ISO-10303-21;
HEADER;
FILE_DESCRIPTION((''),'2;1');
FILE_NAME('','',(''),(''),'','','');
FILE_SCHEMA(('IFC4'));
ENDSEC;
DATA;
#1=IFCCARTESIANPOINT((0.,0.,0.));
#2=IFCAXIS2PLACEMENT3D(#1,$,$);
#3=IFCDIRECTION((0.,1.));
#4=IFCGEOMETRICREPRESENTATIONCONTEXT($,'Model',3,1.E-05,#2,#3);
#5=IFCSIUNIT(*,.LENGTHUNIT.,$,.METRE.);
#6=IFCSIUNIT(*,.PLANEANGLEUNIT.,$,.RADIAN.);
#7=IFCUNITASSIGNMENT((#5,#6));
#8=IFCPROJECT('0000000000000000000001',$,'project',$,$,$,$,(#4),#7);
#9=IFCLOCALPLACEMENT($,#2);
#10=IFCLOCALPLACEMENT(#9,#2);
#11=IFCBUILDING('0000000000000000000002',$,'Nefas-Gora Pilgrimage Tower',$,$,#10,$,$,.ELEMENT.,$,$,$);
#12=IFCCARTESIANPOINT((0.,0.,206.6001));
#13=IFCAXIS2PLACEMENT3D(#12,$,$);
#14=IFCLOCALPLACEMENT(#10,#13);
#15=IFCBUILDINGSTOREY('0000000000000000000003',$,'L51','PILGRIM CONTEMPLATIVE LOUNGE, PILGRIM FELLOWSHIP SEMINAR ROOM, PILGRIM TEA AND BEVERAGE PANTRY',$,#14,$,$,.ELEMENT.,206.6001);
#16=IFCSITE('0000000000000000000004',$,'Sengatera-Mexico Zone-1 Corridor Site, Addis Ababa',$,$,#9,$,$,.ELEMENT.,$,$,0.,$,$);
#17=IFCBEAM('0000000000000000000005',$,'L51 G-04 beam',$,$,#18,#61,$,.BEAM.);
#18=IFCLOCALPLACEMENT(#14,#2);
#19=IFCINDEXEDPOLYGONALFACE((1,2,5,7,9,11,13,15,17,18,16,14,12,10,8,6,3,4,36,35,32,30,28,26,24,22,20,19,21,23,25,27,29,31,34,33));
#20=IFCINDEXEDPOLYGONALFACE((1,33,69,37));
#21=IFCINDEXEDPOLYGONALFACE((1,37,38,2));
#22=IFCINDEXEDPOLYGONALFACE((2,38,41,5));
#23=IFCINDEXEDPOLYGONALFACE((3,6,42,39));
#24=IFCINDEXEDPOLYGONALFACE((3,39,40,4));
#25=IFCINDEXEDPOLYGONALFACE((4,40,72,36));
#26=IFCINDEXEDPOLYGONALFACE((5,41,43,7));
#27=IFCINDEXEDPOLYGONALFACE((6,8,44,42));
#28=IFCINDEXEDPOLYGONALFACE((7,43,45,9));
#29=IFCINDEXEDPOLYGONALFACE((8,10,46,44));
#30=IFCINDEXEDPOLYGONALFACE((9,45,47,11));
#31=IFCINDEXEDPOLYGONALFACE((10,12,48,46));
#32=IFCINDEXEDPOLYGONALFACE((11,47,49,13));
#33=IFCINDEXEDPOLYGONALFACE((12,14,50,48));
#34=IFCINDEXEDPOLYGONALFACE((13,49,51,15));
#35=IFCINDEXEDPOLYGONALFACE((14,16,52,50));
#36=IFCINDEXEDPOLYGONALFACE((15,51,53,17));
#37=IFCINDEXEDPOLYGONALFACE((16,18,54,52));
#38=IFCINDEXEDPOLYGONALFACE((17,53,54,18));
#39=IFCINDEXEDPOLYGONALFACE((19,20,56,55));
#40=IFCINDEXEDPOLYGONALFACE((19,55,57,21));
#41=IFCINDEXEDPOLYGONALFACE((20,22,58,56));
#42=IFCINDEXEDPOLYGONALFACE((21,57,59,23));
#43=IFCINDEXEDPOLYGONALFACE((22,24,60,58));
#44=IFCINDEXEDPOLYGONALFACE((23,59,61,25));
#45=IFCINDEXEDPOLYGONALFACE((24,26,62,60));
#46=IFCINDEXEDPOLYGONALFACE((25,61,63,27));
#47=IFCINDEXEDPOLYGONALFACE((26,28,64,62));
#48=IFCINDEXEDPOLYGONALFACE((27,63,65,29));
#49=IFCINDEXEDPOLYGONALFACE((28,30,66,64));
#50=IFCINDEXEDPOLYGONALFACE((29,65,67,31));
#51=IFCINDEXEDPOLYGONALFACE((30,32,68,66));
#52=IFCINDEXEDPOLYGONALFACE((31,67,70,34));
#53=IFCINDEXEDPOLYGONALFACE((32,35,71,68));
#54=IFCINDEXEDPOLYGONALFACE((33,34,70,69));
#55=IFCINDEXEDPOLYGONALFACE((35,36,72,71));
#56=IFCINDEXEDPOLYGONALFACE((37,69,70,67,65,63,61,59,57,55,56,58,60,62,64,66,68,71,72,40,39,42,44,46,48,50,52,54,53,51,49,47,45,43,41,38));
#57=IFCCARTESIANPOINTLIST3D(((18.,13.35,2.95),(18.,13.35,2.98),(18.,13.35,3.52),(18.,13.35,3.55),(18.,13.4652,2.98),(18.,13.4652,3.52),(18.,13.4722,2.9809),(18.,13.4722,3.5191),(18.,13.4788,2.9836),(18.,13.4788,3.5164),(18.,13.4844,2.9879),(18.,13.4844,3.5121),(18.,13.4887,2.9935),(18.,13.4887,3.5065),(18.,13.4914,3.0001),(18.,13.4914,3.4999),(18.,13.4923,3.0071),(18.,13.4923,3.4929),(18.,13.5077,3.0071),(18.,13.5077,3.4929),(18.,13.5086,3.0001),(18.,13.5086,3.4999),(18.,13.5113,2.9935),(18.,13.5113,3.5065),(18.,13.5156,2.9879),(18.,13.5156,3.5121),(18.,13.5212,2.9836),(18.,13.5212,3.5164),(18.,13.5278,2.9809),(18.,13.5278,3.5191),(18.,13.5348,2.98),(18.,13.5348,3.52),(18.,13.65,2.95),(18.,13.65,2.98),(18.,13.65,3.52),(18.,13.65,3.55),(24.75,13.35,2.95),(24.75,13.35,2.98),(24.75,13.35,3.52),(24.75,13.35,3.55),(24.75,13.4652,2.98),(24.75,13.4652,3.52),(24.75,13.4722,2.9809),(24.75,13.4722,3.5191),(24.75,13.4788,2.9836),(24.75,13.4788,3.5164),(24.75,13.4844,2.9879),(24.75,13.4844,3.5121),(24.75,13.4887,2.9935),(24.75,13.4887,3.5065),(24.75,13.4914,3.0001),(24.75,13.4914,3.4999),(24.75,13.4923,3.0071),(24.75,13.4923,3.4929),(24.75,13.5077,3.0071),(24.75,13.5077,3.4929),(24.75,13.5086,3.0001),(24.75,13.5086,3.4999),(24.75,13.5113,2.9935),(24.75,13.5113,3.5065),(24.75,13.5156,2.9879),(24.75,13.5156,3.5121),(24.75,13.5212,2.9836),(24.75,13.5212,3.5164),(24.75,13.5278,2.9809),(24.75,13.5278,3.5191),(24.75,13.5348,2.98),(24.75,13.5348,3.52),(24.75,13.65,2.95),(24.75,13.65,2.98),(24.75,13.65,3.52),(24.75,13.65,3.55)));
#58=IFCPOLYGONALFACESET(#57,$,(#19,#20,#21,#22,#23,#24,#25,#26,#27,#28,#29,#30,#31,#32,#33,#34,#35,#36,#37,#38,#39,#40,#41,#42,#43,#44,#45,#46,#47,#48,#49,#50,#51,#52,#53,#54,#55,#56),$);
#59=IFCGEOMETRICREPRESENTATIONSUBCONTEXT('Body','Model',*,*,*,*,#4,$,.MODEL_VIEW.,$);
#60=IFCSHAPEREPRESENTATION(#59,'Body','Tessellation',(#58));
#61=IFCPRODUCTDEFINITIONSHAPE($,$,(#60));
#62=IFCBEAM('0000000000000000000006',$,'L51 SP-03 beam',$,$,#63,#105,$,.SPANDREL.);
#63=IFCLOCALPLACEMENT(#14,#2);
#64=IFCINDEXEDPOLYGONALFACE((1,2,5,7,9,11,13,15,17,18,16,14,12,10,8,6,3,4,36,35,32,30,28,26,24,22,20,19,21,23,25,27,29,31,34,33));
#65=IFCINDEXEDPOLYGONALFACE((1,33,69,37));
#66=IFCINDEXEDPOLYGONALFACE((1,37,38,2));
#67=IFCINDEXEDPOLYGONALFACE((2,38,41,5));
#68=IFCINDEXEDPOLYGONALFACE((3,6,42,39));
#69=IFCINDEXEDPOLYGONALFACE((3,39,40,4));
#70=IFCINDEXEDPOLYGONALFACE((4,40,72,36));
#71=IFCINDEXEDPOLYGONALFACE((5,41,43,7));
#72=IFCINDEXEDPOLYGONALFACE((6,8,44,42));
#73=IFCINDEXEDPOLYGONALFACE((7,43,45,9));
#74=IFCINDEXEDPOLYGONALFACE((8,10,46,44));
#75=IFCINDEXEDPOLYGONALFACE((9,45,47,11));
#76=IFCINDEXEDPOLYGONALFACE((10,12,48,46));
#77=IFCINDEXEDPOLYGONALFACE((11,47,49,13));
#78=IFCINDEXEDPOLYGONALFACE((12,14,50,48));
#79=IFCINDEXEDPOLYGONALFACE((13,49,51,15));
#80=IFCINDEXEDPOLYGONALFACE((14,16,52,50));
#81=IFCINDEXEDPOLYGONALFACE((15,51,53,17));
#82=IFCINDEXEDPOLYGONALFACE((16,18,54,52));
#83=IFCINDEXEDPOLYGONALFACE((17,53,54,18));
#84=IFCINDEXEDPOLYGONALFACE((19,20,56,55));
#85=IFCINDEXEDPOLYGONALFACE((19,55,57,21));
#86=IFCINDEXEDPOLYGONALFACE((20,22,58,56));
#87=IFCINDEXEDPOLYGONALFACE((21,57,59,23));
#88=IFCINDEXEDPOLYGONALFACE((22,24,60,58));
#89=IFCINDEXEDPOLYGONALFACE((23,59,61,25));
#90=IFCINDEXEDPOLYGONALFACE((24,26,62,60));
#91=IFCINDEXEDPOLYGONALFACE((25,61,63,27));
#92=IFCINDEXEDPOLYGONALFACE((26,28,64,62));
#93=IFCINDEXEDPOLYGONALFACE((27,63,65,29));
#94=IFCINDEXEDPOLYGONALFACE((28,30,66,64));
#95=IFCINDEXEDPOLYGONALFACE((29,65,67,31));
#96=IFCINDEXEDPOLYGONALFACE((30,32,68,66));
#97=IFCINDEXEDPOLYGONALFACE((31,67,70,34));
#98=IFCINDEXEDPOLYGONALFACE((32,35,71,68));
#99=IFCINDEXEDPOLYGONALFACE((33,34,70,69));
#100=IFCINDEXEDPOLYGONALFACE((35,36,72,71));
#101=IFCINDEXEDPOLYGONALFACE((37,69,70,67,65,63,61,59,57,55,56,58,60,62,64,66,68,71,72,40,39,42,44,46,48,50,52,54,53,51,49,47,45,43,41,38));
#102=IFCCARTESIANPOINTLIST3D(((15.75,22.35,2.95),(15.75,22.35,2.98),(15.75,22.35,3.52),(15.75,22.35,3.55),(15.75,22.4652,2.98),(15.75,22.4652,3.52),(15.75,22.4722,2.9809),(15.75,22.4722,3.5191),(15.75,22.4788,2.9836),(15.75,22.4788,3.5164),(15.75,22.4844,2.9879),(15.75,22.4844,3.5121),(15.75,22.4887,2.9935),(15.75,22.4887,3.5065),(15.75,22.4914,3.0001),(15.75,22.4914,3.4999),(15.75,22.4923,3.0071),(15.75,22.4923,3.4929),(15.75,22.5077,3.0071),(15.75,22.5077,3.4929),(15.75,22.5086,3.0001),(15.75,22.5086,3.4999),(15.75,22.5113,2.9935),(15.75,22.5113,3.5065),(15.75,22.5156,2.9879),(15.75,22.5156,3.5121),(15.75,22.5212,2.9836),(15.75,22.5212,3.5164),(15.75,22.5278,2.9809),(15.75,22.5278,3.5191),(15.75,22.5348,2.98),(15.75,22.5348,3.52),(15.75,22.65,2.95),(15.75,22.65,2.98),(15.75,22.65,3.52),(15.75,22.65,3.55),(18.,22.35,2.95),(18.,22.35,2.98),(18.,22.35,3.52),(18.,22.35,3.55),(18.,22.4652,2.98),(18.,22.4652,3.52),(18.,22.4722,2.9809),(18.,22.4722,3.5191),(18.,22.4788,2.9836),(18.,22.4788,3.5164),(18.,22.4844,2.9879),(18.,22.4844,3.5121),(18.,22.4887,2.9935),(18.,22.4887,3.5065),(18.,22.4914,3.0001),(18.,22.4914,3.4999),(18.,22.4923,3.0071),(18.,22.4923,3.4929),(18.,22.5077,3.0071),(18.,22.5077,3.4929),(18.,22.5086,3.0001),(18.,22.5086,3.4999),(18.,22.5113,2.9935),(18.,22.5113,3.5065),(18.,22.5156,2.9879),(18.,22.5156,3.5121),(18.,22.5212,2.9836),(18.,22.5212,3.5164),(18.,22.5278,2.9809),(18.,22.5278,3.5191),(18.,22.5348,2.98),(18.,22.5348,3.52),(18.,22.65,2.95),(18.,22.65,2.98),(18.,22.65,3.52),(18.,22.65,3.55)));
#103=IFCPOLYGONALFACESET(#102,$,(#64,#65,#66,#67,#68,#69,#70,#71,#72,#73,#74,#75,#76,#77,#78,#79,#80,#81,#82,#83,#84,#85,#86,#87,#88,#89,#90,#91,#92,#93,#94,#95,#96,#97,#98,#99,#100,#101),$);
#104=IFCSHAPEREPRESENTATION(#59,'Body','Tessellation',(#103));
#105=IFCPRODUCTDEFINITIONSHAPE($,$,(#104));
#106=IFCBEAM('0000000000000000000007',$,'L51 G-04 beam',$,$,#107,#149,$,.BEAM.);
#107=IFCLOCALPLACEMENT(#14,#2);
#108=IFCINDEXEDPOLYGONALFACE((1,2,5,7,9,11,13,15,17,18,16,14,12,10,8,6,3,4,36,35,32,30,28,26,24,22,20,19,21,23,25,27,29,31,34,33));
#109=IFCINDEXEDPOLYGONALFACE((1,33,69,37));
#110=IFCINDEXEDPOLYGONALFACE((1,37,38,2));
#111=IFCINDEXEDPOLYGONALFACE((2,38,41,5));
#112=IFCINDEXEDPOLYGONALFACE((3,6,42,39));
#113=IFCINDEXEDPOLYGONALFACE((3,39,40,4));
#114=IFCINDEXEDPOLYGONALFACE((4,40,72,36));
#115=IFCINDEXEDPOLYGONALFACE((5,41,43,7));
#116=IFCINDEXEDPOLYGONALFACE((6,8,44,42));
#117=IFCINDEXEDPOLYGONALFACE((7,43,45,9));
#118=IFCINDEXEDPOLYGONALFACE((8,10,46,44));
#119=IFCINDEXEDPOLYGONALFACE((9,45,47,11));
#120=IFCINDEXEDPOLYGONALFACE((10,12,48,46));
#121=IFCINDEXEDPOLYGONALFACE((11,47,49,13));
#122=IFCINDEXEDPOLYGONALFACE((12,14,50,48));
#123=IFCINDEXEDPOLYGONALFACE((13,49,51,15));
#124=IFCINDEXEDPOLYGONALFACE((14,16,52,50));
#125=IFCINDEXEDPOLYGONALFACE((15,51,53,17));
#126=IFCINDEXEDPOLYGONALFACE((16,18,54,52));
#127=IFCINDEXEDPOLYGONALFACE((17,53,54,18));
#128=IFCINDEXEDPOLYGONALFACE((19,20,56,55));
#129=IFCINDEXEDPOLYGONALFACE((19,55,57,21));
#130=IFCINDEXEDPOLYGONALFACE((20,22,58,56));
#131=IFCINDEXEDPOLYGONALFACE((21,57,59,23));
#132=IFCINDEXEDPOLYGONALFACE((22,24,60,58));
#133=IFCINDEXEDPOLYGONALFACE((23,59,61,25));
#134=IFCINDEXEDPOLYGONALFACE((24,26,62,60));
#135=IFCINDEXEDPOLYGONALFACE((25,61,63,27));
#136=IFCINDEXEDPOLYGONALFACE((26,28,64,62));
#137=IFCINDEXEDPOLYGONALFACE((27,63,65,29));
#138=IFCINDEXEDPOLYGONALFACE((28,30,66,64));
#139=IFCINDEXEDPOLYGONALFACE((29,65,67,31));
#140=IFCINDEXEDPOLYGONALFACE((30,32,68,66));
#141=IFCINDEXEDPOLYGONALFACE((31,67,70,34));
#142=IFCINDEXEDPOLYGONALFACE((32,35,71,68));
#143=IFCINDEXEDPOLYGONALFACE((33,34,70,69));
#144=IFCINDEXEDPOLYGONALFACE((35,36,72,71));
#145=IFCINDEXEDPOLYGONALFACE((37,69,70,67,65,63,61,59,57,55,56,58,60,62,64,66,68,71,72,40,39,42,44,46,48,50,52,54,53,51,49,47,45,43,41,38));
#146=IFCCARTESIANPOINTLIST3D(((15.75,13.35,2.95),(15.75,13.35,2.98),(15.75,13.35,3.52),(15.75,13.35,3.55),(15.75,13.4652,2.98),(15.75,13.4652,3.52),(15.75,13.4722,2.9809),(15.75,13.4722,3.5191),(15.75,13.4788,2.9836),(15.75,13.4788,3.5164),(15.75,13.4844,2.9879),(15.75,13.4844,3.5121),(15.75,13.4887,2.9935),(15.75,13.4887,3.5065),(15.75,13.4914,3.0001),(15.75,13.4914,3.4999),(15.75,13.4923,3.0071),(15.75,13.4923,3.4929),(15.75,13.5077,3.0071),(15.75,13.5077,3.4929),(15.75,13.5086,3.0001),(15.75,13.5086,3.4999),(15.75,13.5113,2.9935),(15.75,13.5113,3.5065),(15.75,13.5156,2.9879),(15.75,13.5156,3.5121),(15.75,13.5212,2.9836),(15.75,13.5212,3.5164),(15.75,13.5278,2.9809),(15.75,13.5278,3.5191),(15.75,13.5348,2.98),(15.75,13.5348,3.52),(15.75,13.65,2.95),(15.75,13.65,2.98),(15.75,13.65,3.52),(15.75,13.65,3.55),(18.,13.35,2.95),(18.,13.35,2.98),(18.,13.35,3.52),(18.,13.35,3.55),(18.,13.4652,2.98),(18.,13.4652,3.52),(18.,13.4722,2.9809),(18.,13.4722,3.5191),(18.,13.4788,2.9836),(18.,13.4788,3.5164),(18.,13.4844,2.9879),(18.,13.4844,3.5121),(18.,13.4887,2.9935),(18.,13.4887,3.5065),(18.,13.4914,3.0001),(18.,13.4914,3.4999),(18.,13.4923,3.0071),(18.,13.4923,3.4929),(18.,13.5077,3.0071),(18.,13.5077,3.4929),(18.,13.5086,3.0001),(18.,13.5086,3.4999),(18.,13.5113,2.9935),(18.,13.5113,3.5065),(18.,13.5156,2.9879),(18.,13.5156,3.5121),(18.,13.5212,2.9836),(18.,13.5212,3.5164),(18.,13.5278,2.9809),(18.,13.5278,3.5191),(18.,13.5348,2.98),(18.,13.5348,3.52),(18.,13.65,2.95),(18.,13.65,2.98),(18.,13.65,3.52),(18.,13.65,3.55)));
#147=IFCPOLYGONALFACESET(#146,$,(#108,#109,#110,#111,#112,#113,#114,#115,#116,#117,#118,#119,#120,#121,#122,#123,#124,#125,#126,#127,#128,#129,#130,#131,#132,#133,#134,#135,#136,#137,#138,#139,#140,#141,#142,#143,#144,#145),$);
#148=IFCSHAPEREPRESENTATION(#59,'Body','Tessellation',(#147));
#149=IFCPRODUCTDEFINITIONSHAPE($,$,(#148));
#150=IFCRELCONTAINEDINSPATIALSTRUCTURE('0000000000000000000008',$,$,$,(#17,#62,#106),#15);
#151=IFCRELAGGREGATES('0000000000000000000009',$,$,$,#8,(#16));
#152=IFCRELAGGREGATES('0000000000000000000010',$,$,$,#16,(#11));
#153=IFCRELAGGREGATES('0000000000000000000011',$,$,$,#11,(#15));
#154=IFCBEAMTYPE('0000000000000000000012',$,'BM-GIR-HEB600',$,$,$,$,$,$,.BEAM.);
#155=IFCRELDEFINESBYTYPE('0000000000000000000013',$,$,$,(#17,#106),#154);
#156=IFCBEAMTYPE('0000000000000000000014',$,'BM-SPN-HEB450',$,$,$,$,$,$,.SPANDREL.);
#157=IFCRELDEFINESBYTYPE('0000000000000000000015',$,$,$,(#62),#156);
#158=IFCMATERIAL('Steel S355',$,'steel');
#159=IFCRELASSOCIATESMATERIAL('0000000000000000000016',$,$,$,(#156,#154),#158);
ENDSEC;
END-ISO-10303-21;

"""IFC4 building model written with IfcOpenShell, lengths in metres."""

from ifc_helpers import new_model, si_unit, direction, frame, origin, origin_2d, place, context, subcontext, project, spatial, i_section, extrude, source, transform, mapped, material, material_profile, profile_set, type_object, element, save


model = new_model("IFC4")

# Units and contexts
model_context = context("Model", 3, precision=1e-05, world=origin(), true_north=direction((0.0, 1.0)))
body_context = subcontext(model_context, "Body", "Model", "MODEL_VIEW")
ifc_project = project(units=[si_unit("LENGTHUNIT", "METRE"), si_unit("PLANEANGLEUNIT", "RADIAN")], contexts=[model_context])

# Site, building, storey
site_placement = place(None, origin())
site = spatial("IfcSite", under=ifc_project, at=site_placement, Name="Sengatera-Mexico Zone-1 Corridor Site, Addis Ababa", CompositionType="ELEMENT", RefElevation=0.0)
building_placement = place(site_placement, origin())
building = spatial("IfcBuilding", under=site, at=building_placement, Name="Nefas-Gora Pilgrimage Tower", CompositionType="ELEMENT")
storey_placement = place(building_placement, frame((0.0, 0.0, 206.6001)))
storey = spatial("IfcBuildingStorey", under=building, at=storey_placement, Name="L51", Description="PILGRIM CONTEMPLATIVE LOUNGE, PILGRIM FELLOWSHIP SEMINAR ROOM, PILGRIM TEA AND BEVERAGE PANTRY", CompositionType="ELEMENT", Elevation=206.6001)

# Beams
ifc_material_1 = material(Name="Steel S355", Category="steel")
ifc_material_profile_1 = material_profile(ifc_material_1, i_section(OverallWidth=0.3, OverallDepth=0.6001, WebThickness=0.0154, FlangeThickness=0.03, FilletRadius=0.0271, at=origin_2d()), Name="HEB 600")
ifc_profile_set_1 = profile_set([ifc_material_profile_1], Name="Steel S355")
beam_type_1 = type_object("IfcBeamType", Name="BM-SPN-HEB450", PredefinedType="SPANDREL", material=ifc_profile_set_1)
ifc_material_profile_2 = material_profile(ifc_material_1, i_section(OverallWidth=0.3, OverallDepth=0.6001, WebThickness=0.0154, FlangeThickness=0.03, FilletRadius=0.0271, at=origin_2d()), Name="HEB 600")
ifc_profile_set_2 = profile_set([ifc_material_profile_2], Name="Steel S355")
beam_type_2 = type_object("IfcBeamType", Name="BM-GIR-HEB600", PredefinedType="BEAM", material=ifc_profile_set_2)
shared_shape_1 = source(origin(), body_context, "Body", "SweptSolid", [
    extrude(i_section(OverallWidth=0.3, OverallDepth=0.6001, WebThickness=0.0154, FlangeThickness=0.03, FilletRadius=0.0271, at=origin_2d()), origin(), (0.0, 0.0, 1.0), 6.75),
])
for number, where, z_axis, x_axis, name in (
    (1, (18.0, 13.5, 3.25), (1.0, 0.0, 0.0), (0.0, 1.0, 0.0), "L51 G-04 beam"),
):
    element("IfcBeam", number, at=place(storey_placement, frame(where, z_axis=z_axis, x_axis=x_axis)), inside=storey, type_object=beam_type_2, Name=name, PredefinedType="BEAM", context=body_context, shape_type="MappedRepresentation", body=[
        mapped(shared_shape_1, transform((0.0, 0.0, 0.0), x_axis=(1.0, 0.0, 0.0), y_axis=(0.0, 1.0, 0.0), z_axis=(0.0, 0.0, 1.0), scale=1.0)),
    ])
shared_shape_2 = source(origin(), body_context, "Body", "SweptSolid", [
    extrude(i_section(OverallWidth=0.3, OverallDepth=0.6001, WebThickness=0.0154, FlangeThickness=0.03, FilletRadius=0.0271, at=origin_2d()), origin(), (0.0, 0.0, 1.0), 2.25),
])
beam_1_placement = place(storey_placement, frame((15.75, 22.5, 3.25), z_axis=(1.0, 0.0, 0.0), x_axis=(0.0, 1.0, 0.0)))
element("IfcBeam", 2, at=beam_1_placement, inside=storey, type_object=beam_type_1, Name="L51 SP-03 beam", PredefinedType="SPANDREL", context=body_context, shape_type="MappedRepresentation", body=[
    mapped(shared_shape_2, transform((0.0, 0.0, 0.0), x_axis=(1.0, 0.0, 0.0), y_axis=(0.0, 1.0, 0.0), z_axis=(0.0, 0.0, 1.0), scale=1.0)),
])
shared_shape_3 = source(origin(), body_context, "Body", "SweptSolid", [
    extrude(i_section(OverallWidth=0.3, OverallDepth=0.6001, WebThickness=0.0154, FlangeThickness=0.03, FilletRadius=0.0271, at=origin_2d()), origin(), (0.0, 0.0, 1.0), 2.25),
])
beam_2_placement = place(storey_placement, frame((15.75, 13.5, 3.25), z_axis=(1.0, 0.0, 0.0), x_axis=(0.0, 1.0, 0.0)))
element("IfcBeam", 3, at=beam_2_placement, inside=storey, type_object=beam_type_2, Name="L51 G-04 beam", PredefinedType="BEAM", context=body_context, shape_type="MappedRepresentation", body=[
    mapped(shared_shape_3, transform((0.0, 0.0, 0.0), x_axis=(1.0, 0.0, 0.0), y_axis=(0.0, 1.0, 0.0), z_axis=(0.0, 0.0, 1.0), scale=1.0)),
])

save(model, "model.ifc")
